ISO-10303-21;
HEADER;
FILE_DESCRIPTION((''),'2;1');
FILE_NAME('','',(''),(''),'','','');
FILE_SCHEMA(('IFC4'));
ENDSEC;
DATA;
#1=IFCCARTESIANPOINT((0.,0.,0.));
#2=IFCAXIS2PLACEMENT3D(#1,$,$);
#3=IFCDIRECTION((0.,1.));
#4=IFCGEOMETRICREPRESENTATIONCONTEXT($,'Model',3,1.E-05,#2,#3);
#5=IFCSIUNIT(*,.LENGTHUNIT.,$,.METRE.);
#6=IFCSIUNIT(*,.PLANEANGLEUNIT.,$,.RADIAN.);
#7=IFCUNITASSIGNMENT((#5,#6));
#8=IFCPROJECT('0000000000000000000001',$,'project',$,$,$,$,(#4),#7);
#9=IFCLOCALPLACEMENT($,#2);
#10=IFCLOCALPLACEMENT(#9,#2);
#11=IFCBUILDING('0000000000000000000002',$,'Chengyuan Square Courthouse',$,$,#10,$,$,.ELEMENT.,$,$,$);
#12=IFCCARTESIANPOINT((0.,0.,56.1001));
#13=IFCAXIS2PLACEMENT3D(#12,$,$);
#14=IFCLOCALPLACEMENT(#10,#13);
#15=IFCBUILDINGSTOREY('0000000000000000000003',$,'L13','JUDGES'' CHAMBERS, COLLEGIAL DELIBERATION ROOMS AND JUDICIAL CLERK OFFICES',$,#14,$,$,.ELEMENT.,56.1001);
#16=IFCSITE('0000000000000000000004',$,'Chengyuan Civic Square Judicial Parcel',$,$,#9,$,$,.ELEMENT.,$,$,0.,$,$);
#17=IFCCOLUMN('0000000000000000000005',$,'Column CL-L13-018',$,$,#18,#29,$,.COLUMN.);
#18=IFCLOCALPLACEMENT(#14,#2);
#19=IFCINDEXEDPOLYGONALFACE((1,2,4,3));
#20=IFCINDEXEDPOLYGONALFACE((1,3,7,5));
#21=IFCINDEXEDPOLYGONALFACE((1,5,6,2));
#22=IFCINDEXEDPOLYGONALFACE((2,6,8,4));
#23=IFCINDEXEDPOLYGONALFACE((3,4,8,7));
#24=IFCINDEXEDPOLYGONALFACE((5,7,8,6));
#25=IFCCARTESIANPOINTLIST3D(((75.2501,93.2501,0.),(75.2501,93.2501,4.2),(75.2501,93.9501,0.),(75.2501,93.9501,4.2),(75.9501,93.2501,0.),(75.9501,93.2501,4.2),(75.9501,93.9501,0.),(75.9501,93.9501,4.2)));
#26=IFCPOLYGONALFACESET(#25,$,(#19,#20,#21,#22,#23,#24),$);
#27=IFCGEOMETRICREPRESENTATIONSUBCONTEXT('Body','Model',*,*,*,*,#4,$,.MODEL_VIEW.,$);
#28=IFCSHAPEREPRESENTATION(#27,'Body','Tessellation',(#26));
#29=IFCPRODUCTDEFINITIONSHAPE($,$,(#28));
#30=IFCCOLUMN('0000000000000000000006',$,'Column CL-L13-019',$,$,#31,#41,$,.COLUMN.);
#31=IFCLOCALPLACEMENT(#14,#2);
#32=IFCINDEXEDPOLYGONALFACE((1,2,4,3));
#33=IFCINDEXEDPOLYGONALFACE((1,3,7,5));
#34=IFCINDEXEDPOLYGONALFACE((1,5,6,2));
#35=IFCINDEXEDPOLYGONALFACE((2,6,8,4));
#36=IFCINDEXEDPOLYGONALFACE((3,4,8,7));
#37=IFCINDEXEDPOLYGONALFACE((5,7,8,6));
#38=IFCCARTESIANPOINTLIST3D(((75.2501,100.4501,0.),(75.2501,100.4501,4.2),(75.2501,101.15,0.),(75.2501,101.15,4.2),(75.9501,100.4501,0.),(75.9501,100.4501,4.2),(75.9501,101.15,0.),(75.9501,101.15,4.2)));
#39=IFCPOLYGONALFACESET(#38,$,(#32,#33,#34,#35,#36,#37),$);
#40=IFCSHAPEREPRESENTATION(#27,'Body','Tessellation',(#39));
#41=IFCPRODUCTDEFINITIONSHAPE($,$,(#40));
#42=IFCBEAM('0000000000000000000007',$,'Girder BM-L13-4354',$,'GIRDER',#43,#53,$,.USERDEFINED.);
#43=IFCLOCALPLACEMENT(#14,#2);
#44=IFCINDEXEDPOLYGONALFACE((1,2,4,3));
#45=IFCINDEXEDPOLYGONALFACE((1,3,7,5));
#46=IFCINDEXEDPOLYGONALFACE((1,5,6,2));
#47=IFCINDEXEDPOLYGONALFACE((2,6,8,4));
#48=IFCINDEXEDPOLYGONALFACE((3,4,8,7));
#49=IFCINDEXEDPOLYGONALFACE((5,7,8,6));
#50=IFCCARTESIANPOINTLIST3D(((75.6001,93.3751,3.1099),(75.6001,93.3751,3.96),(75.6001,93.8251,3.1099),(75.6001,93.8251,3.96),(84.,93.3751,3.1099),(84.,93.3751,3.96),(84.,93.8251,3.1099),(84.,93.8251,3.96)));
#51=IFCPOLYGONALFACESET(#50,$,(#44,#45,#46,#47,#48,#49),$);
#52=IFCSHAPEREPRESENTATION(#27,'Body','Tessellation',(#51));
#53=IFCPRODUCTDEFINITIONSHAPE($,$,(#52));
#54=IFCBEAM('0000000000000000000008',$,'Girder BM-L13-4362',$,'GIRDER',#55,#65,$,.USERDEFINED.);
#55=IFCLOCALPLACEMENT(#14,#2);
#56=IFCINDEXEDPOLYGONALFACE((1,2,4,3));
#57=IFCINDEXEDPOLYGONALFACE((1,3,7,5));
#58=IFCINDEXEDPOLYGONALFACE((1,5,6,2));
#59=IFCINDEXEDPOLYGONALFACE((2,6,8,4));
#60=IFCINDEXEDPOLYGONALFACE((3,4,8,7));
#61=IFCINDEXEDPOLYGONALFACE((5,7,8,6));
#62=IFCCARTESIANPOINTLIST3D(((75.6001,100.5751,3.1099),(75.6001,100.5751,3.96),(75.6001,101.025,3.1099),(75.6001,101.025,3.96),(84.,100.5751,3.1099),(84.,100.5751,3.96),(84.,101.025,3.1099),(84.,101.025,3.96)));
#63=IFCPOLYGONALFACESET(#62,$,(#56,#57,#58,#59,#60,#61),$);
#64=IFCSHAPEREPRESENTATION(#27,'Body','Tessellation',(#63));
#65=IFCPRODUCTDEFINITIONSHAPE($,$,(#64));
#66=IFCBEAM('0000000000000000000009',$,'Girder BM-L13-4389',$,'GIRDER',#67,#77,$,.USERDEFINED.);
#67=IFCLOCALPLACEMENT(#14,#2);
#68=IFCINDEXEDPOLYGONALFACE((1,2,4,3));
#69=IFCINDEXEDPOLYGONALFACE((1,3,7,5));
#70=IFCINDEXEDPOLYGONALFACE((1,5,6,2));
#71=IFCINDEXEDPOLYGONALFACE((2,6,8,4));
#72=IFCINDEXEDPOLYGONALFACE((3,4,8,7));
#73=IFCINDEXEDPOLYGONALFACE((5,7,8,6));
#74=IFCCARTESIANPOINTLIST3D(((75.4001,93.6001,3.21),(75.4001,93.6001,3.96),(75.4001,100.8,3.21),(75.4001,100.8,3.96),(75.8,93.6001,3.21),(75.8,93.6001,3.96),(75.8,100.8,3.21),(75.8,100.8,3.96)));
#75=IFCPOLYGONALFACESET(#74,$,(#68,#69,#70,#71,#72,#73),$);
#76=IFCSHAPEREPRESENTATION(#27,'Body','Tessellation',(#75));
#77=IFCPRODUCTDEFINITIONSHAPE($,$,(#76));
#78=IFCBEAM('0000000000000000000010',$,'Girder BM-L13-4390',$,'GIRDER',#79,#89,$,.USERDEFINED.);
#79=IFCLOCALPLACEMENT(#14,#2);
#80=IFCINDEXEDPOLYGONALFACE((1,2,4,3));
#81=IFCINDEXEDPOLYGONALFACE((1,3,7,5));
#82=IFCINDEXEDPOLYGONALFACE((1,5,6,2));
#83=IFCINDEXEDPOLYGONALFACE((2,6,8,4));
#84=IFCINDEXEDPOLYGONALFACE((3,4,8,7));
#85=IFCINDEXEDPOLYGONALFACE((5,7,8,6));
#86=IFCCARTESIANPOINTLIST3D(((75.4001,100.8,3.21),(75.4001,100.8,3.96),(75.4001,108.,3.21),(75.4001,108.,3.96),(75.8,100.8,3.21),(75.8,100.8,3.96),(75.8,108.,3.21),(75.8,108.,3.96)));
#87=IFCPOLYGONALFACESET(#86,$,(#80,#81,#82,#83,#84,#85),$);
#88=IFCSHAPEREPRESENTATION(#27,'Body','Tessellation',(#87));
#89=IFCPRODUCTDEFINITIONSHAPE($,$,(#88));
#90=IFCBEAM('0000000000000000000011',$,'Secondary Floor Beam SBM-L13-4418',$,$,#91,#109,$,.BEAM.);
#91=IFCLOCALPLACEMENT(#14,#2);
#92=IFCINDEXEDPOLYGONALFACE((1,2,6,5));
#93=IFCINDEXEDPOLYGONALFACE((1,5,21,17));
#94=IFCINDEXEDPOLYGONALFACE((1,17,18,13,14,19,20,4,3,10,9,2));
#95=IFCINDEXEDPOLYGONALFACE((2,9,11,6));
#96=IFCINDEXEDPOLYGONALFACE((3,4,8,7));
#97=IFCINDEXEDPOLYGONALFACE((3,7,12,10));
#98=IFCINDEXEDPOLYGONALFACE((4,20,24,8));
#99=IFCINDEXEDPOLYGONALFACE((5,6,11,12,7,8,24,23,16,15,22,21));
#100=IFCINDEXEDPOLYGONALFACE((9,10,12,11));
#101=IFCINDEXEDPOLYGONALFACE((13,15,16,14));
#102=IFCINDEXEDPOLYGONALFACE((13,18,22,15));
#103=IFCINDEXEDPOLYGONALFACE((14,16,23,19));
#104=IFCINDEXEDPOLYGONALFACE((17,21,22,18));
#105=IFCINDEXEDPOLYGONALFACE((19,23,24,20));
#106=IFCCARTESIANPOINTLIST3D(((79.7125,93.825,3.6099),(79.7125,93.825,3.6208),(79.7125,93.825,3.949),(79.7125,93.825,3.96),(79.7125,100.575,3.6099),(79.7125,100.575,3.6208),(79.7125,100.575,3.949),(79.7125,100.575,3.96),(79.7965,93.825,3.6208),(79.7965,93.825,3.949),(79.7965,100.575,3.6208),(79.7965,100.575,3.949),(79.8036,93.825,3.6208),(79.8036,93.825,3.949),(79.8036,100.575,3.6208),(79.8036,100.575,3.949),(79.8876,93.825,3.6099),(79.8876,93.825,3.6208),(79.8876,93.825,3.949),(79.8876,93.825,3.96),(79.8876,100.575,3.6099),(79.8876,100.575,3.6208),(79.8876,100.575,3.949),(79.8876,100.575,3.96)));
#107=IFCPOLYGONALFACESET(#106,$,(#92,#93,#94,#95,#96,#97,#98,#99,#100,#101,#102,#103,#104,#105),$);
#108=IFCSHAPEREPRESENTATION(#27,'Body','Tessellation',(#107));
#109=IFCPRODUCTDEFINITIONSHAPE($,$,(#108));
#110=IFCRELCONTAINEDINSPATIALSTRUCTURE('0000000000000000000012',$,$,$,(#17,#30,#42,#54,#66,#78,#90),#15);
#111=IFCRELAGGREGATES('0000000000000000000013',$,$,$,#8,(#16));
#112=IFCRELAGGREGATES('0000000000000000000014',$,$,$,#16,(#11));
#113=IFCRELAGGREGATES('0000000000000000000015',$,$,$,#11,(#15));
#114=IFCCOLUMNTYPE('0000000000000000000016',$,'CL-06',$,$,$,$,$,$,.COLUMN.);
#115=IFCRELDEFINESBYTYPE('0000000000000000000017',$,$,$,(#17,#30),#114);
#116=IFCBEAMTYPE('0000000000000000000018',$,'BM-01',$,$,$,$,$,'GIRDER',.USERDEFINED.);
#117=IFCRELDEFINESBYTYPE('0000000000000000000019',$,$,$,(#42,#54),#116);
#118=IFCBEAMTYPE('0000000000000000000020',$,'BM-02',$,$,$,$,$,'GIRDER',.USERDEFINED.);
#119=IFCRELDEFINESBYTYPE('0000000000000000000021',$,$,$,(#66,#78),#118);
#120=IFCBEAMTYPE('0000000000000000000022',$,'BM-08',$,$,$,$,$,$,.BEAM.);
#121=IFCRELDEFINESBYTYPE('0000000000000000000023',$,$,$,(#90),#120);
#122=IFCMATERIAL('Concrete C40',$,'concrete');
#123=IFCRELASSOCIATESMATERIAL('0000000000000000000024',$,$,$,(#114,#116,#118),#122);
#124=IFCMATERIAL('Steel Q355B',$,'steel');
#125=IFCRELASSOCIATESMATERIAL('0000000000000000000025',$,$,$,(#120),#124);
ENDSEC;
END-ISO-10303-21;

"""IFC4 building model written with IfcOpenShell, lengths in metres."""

from ifc_helpers import new_model, si_unit, direction, frame, origin, origin_2d, place, context, subcontext, project, spatial, rectangle, i_section, extrude, material, material_profile, profile_set, type_object, element, save


model = new_model("IFC4")

# Units and contexts
model_context = context("Model", 3, precision=1e-05, world=origin(), true_north=direction((0.0, 1.0)))
body_context = subcontext(model_context, "Body", "Model", "MODEL_VIEW")
ifc_project = project(units=[si_unit("LENGTHUNIT", "METRE"), si_unit("PLANEANGLEUNIT", "RADIAN")], contexts=[model_context])

# Site, building, storey
site_placement = place(None, origin())
site = spatial("IfcSite", under=ifc_project, at=site_placement, Name="Chengyuan Civic Square Judicial Parcel", CompositionType="ELEMENT", RefElevation=0.0)
building_placement = place(site_placement, origin())
building = spatial("IfcBuilding", under=site, at=building_placement, Name="Chengyuan Square Courthouse", CompositionType="ELEMENT")
storey_placement = place(building_placement, frame((0.0, 0.0, 56.1001)))
storey = spatial("IfcBuildingStorey", under=building, at=storey_placement, Name="L13", Description="JUDGES' CHAMBERS, COLLEGIAL DELIBERATION ROOMS AND JUDICIAL CLERK OFFICES", CompositionType="ELEMENT", Elevation=56.1001)

# Columns
ifc_material_1 = material(Name="Concrete C40", Category="concrete")
ifc_material_profile_1 = material_profile(ifc_material_1, rectangle(XDim=0.7, YDim=0.7, at=origin_2d()), Name="RC-COL-700x700")
ifc_profile_set_1 = profile_set([ifc_material_profile_1], Name="Concrete C40")
column_type = type_object("IfcColumnType", Name="CL-06", PredefinedType="COLUMN", material=ifc_profile_set_1)
for number, where, z_axis, x_axis, name in (
    (1, (75.6001, 93.6001, 0.0), (0.0, 0.0, 1.0), (1.0, 0.0, 0.0), "Column CL-L13-018"),
    (2, (75.6001, 100.8, 0.0), (0.0, 0.0, 1.0), (1.0, 0.0, 0.0), "Column CL-L13-019"),
):
    element("IfcColumn", number, at=place(storey_placement, frame(where, z_axis=z_axis, x_axis=x_axis)), inside=storey, type_object=column_type, Name=name, PredefinedType="COLUMN", context=body_context, shape_type="SweptSolid", body=[
        extrude(rectangle(XDim=0.7, YDim=0.7, at=origin_2d()), origin(), (0.0, 0.0, 1.0), 4.2),
    ])

# Beams
ifc_material_profile_2 = material_profile(ifc_material_1, rectangle(XDim=0.45, YDim=0.8501, at=origin_2d()), Name="RC-BM-450x850")
ifc_profile_set_2 = profile_set([ifc_material_profile_2], Name="Concrete C40")
beam_type_1 = type_object("IfcBeamType", Name="BM-01", ElementType="GIRDER", PredefinedType="USERDEFINED", material=ifc_profile_set_2)
for number, where, z_axis, x_axis, name in (
    (3, (75.6001, 93.6001, 3.5349), (1.0, 0.0, 0.0), (0.0, 1.0, 0.0), "Girder BM-L13-4354"),
    (4, (75.6001, 100.8, 3.5349), (1.0, 0.0, 0.0), (0.0, 1.0, 0.0), "Girder BM-L13-4362"),
):
    element("IfcBeam", number, at=place(storey_placement, frame(where, z_axis=z_axis, x_axis=x_axis)), inside=storey, type_object=beam_type_1, Name=name, ObjectType="GIRDER", PredefinedType="USERDEFINED", context=body_context, shape_type="SweptSolid", body=[
        extrude(rectangle(XDim=0.45, YDim=0.8501, at=origin_2d()), origin(), (0.0, 0.0, 1.0), 8.3999),
    ])
ifc_material_profile_3 = material_profile(ifc_material_1, rectangle(XDim=0.3999, YDim=0.75, at=origin_2d()), Name="RC-BM-400x750")
ifc_profile_set_3 = profile_set([ifc_material_profile_3], Name="Concrete C40")
beam_type_2 = type_object("IfcBeamType", Name="BM-02", ElementType="GIRDER", PredefinedType="USERDEFINED", material=ifc_profile_set_3)
for number, where, z_axis, x_axis, name in (
    (5, (75.6001, 93.6001, 3.585), (0.0, 1.0, 0.0), (-1.0, 0.0, 0.0), "Girder BM-L13-4389"),
    (6, (75.6001, 100.8, 3.585), (0.0, 1.0, 0.0), (-1.0, 0.0, 0.0), "Girder BM-L13-4390"),
):
    element("IfcBeam", number, at=place(storey_placement, frame(where, z_axis=z_axis, x_axis=x_axis)), inside=storey, type_object=beam_type_2, Name=name, ObjectType="GIRDER", PredefinedType="USERDEFINED", context=body_context, shape_type="SweptSolid", body=[
        extrude(rectangle(XDim=0.3999, YDim=0.75, at=origin_2d()), origin(), (0.0, 0.0, 1.0), 7.2),
    ])
ifc_material_2 = material(Name="Steel Q355B", Category="steel")
ifc_material_profile_4 = material_profile(ifc_material_2, i_section(OverallWidth=0.175, OverallDepth=0.3501, WebThickness=0.0071, FlangeThickness=0.011, at=origin_2d()), Name="HN 350x175x7x11")
ifc_profile_set_4 = profile_set([ifc_material_profile_4], Name="Steel Q355B")
beam_type_3 = type_object("IfcBeamType", Name="BM-08", PredefinedType="BEAM", material=ifc_profile_set_4)
beam_placement = place(storey_placement, frame((79.8, 93.825, 3.7849), z_axis=(0.0, 1.0, 0.0), x_axis=(-1.0, 0.0, 0.0)))
element("IfcBeam", 7, at=beam_placement, inside=storey, type_object=beam_type_3, Name="Secondary Floor Beam SBM-L13-4418", PredefinedType="BEAM", context=body_context, shape_type="SweptSolid", body=[
    extrude(i_section(OverallWidth=0.175, OverallDepth=0.3501, WebThickness=0.0071, FlangeThickness=0.011, at=origin_2d()), origin(), (0.0, 0.0, 1.0), 6.75),
])

save(model, "model.ifc")
